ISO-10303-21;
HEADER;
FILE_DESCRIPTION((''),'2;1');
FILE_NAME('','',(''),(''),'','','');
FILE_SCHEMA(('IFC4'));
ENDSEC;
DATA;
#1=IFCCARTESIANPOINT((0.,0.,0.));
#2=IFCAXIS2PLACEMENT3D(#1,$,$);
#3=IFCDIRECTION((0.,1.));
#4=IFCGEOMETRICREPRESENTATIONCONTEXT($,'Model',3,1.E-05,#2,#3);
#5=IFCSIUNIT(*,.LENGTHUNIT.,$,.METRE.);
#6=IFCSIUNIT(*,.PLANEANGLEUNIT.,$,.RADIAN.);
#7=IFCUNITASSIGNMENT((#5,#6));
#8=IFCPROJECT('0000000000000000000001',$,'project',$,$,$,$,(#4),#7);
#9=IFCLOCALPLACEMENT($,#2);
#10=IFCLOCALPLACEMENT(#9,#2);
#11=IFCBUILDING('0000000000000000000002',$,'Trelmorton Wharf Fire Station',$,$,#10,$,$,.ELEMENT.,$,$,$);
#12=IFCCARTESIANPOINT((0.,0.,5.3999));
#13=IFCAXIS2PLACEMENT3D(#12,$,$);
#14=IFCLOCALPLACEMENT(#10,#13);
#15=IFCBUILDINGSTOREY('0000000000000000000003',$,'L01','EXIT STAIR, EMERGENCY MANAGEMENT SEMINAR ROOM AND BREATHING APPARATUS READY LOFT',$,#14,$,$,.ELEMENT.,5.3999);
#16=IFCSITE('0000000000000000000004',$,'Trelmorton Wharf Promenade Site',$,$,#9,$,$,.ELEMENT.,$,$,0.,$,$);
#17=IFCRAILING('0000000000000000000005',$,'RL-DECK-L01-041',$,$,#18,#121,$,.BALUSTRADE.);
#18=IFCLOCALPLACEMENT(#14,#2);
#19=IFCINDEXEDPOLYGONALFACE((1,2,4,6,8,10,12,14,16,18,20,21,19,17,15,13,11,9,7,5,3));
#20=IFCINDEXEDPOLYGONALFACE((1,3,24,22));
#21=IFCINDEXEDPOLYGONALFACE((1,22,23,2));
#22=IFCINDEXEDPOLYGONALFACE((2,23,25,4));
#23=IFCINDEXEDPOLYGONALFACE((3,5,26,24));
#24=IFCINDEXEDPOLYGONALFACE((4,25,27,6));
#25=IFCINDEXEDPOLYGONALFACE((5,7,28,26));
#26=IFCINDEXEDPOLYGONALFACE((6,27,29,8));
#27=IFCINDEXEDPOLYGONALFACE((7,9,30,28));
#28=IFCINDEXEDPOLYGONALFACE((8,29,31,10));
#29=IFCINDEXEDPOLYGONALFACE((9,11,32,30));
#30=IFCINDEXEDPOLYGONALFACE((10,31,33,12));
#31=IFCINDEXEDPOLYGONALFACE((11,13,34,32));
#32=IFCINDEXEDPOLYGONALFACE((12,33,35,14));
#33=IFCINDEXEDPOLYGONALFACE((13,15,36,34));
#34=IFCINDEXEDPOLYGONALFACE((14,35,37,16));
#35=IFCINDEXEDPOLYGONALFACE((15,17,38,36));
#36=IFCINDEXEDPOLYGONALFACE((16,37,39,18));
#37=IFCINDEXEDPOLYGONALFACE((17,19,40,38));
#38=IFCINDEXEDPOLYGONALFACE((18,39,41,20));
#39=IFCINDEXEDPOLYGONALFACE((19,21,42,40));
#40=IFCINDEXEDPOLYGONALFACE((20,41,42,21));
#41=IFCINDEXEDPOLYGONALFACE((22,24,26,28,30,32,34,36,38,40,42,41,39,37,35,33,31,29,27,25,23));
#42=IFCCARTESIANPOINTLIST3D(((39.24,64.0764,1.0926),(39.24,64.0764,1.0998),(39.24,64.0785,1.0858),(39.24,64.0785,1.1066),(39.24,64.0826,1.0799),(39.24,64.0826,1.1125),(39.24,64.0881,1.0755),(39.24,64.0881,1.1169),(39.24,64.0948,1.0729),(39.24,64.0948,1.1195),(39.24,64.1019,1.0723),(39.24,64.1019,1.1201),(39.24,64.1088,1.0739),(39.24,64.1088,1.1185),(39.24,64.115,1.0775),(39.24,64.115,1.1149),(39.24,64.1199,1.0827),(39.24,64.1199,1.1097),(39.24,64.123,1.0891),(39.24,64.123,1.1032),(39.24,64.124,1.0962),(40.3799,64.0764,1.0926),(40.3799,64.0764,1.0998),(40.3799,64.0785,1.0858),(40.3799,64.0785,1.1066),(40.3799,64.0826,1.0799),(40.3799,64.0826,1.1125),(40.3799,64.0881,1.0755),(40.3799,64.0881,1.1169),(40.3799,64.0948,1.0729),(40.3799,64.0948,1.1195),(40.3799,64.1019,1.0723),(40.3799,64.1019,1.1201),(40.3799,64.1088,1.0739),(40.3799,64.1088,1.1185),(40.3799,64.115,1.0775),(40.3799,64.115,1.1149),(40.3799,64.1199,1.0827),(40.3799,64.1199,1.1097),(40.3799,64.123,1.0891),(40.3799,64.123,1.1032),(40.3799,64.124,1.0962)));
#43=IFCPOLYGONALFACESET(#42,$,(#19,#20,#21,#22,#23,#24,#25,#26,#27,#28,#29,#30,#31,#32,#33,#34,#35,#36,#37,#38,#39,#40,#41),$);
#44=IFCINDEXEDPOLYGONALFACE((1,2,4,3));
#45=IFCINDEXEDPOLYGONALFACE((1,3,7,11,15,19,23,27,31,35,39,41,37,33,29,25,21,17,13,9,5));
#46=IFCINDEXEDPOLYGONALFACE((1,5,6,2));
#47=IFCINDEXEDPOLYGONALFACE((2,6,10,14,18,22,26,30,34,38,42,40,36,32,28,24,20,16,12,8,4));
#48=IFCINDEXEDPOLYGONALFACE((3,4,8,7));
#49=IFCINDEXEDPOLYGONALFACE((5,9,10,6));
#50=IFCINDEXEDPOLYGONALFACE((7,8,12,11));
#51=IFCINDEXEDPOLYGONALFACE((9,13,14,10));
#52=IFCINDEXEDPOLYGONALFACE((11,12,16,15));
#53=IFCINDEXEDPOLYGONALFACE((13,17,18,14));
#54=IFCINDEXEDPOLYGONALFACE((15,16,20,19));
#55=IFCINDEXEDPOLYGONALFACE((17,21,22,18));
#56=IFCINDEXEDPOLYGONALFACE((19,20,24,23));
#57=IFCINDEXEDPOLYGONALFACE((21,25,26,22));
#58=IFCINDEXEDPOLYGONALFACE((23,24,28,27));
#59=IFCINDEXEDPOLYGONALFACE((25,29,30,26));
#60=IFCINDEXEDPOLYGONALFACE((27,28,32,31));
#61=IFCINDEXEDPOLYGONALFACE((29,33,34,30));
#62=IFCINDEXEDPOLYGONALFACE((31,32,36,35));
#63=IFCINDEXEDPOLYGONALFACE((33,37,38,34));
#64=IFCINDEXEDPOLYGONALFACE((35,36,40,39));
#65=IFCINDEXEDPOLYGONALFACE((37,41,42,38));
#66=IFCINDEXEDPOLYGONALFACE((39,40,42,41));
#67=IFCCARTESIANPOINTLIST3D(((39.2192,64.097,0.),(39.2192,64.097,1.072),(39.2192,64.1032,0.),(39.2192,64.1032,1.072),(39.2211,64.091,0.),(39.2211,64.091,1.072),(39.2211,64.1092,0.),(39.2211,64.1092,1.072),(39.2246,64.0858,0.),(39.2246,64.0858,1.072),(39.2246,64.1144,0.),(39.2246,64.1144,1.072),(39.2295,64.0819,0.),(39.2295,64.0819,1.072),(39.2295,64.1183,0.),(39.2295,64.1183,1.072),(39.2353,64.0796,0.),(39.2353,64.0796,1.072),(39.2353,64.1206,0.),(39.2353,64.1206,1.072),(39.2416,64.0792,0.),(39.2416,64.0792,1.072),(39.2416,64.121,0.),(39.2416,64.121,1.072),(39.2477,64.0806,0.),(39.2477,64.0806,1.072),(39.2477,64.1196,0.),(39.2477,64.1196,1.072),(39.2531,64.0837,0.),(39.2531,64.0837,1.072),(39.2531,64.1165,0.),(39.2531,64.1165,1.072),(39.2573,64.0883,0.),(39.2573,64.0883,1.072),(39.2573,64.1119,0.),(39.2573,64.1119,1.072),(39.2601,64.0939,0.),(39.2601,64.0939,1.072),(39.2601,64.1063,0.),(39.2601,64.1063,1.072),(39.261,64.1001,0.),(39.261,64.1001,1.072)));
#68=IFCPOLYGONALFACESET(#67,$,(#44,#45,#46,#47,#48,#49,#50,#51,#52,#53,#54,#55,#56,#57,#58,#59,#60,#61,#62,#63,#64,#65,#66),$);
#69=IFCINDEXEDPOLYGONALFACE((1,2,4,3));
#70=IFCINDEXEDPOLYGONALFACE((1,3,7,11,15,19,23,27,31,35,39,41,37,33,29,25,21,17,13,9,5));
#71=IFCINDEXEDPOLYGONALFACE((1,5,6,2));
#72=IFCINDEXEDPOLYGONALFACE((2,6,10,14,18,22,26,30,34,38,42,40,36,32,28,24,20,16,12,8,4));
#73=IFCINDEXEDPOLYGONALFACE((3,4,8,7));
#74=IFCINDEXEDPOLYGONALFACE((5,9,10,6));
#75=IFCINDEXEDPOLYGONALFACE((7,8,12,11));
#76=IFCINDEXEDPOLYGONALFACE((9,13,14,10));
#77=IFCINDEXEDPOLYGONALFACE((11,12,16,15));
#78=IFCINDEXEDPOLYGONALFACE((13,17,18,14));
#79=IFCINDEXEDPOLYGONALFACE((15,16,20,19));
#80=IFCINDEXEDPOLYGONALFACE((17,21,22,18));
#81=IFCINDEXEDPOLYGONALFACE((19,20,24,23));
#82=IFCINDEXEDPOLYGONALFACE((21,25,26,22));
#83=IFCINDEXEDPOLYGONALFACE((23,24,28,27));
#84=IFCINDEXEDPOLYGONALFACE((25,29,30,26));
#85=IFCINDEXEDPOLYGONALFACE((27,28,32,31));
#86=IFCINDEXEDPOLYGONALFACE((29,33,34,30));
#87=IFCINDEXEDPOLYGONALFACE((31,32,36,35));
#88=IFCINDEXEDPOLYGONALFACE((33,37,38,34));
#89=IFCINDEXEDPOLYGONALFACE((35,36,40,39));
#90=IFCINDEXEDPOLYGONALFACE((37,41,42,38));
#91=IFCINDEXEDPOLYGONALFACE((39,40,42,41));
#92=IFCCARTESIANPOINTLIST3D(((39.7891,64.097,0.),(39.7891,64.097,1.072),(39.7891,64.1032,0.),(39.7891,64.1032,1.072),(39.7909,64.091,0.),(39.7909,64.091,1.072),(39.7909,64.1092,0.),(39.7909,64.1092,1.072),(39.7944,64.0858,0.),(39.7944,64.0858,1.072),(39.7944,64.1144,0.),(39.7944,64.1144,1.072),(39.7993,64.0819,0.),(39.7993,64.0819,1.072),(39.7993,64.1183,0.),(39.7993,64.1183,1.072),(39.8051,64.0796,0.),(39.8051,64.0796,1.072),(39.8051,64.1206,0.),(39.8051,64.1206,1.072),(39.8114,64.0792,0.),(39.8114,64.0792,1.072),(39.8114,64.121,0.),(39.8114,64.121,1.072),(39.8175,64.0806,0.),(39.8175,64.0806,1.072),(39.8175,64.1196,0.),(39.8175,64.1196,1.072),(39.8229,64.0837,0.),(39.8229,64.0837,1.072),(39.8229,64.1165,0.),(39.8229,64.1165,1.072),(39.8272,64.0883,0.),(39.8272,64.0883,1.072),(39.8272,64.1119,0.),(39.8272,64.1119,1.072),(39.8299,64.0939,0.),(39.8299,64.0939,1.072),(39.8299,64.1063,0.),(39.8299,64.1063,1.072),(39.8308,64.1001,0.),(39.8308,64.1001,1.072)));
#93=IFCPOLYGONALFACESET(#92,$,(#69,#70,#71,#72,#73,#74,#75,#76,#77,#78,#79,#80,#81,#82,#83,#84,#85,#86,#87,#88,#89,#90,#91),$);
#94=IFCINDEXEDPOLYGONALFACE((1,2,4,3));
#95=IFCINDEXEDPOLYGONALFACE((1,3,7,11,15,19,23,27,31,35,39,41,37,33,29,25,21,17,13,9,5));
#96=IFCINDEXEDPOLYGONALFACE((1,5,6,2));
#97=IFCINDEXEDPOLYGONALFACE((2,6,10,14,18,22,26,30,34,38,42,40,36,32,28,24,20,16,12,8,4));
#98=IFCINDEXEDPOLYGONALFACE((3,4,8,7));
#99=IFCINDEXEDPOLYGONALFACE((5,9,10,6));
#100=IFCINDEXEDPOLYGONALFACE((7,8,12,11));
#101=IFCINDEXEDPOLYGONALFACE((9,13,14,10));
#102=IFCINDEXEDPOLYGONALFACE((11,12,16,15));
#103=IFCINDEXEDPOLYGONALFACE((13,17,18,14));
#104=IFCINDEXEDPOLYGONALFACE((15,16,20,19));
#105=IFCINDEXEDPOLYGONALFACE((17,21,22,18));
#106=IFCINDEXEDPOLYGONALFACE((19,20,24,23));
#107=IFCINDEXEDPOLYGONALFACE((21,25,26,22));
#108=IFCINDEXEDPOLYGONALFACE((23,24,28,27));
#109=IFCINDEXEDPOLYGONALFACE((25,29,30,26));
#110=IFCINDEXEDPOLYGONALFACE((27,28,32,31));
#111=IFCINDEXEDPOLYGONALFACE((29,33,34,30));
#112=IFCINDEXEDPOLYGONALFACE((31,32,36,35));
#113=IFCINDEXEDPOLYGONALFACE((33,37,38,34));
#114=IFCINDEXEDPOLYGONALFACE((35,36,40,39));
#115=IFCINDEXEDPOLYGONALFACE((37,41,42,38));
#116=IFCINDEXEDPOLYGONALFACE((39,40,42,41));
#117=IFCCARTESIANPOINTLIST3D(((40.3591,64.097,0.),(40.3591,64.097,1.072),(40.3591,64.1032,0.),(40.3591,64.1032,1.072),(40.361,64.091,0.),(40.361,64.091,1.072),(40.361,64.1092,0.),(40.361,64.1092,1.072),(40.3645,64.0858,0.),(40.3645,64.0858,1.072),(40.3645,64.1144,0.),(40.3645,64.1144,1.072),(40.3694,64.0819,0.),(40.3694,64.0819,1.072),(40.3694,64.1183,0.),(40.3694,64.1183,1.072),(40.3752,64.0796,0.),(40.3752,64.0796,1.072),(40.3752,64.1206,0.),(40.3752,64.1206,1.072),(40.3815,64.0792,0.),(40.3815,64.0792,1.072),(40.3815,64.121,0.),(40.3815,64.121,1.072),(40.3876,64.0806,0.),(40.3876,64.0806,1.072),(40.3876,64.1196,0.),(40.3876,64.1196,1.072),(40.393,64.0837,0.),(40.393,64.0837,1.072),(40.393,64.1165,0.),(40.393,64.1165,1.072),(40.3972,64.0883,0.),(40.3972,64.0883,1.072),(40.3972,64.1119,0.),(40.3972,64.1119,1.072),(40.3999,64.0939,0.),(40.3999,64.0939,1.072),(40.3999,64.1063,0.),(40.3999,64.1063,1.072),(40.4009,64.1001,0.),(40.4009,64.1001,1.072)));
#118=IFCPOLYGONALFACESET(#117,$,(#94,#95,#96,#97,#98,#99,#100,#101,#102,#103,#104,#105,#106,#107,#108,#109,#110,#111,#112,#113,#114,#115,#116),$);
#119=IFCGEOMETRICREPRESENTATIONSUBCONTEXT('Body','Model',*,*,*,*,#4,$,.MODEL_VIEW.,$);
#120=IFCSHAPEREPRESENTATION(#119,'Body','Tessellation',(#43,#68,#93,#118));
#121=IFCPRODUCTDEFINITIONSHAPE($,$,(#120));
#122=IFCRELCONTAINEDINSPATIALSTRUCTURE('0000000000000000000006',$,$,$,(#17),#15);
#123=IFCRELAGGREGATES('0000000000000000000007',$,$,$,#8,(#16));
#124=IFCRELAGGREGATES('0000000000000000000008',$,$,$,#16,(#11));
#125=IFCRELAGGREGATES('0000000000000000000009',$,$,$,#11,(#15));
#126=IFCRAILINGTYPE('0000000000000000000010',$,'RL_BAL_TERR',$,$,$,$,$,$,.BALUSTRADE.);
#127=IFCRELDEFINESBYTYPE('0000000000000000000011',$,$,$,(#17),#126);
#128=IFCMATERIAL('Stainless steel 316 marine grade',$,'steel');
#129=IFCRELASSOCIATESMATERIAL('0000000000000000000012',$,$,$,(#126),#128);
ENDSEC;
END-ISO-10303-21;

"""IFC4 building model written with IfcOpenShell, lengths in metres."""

from ifc_helpers import new_model, si_unit, direction, frame, origin, origin_2d, place, context, subcontext, project, spatial, circle, extrude, material, type_object, element, save


model = new_model("IFC4")

# Units and contexts
model_context = context("Model", 3, precision=1e-05, world=origin(), true_north=direction((0.0, 1.0)))
body_context = subcontext(model_context, "Body", "Model", "MODEL_VIEW")
ifc_project = project(units=[si_unit("LENGTHUNIT", "METRE"), si_unit("PLANEANGLEUNIT", "RADIAN")], contexts=[model_context])

# Site, building, storey
site_placement = place(None, origin())
site = spatial("IfcSite", under=ifc_project, at=site_placement, Name="Trelmorton Wharf Promenade Site", CompositionType="ELEMENT", RefElevation=0.0)
building_placement = place(site_placement, origin())
building = spatial("IfcBuilding", under=site, at=building_placement, Name="Trelmorton Wharf Fire Station", CompositionType="ELEMENT")
storey_placement = place(building_placement, frame((0.0, 0.0, 5.3999)))
storey = spatial("IfcBuildingStorey", under=building, at=storey_placement, Name="L01", Description="EXIT STAIR, EMERGENCY MANAGEMENT SEMINAR ROOM AND BREATHING APPARATUS READY LOFT", CompositionType="ELEMENT", Elevation=5.3999)

# Railing
ifc_material_1 = material(Name="Stainless steel 316 marine grade", Category="steel")
railing_type = type_object("IfcRailingType", Name="RL_BAL_TERR", PredefinedType="BALUSTRADE", material=ifc_material_1)
railing_1_placement = place(storey_placement, frame((39.24, 64.1001, 0.0)))
element("IfcRailing", 1, at=railing_1_placement, inside=storey, type_object=railing_type, Name="RL-DECK-L01-041", PredefinedType="BALUSTRADE", context=body_context, shape_type="SweptSolid", body=[
    extrude(circle(Radius=0.0239, at=origin_2d()), frame((0.0, 0.0, 1.0962), z_axis=(1.0, 0.0, 0.0), x_axis=(0.0, 1.0, 0.0)), (0.0, 0.0, 1.0), 1.1399),
    extrude(circle(Radius=0.021, at=origin_2d()), origin(), (0.0, 0.0, 1.0), 1.072),
    extrude(circle(Radius=0.021, at=origin_2d()), frame((0.5698, 0.0, 0.0)), (0.0, 0.0, 1.0), 1.072),
    extrude(circle(Radius=0.021, at=origin_2d()), frame((1.1399, 0.0, 0.0)), (0.0, 0.0, 1.0), 1.072),
])

save(model, "model.ifc")
